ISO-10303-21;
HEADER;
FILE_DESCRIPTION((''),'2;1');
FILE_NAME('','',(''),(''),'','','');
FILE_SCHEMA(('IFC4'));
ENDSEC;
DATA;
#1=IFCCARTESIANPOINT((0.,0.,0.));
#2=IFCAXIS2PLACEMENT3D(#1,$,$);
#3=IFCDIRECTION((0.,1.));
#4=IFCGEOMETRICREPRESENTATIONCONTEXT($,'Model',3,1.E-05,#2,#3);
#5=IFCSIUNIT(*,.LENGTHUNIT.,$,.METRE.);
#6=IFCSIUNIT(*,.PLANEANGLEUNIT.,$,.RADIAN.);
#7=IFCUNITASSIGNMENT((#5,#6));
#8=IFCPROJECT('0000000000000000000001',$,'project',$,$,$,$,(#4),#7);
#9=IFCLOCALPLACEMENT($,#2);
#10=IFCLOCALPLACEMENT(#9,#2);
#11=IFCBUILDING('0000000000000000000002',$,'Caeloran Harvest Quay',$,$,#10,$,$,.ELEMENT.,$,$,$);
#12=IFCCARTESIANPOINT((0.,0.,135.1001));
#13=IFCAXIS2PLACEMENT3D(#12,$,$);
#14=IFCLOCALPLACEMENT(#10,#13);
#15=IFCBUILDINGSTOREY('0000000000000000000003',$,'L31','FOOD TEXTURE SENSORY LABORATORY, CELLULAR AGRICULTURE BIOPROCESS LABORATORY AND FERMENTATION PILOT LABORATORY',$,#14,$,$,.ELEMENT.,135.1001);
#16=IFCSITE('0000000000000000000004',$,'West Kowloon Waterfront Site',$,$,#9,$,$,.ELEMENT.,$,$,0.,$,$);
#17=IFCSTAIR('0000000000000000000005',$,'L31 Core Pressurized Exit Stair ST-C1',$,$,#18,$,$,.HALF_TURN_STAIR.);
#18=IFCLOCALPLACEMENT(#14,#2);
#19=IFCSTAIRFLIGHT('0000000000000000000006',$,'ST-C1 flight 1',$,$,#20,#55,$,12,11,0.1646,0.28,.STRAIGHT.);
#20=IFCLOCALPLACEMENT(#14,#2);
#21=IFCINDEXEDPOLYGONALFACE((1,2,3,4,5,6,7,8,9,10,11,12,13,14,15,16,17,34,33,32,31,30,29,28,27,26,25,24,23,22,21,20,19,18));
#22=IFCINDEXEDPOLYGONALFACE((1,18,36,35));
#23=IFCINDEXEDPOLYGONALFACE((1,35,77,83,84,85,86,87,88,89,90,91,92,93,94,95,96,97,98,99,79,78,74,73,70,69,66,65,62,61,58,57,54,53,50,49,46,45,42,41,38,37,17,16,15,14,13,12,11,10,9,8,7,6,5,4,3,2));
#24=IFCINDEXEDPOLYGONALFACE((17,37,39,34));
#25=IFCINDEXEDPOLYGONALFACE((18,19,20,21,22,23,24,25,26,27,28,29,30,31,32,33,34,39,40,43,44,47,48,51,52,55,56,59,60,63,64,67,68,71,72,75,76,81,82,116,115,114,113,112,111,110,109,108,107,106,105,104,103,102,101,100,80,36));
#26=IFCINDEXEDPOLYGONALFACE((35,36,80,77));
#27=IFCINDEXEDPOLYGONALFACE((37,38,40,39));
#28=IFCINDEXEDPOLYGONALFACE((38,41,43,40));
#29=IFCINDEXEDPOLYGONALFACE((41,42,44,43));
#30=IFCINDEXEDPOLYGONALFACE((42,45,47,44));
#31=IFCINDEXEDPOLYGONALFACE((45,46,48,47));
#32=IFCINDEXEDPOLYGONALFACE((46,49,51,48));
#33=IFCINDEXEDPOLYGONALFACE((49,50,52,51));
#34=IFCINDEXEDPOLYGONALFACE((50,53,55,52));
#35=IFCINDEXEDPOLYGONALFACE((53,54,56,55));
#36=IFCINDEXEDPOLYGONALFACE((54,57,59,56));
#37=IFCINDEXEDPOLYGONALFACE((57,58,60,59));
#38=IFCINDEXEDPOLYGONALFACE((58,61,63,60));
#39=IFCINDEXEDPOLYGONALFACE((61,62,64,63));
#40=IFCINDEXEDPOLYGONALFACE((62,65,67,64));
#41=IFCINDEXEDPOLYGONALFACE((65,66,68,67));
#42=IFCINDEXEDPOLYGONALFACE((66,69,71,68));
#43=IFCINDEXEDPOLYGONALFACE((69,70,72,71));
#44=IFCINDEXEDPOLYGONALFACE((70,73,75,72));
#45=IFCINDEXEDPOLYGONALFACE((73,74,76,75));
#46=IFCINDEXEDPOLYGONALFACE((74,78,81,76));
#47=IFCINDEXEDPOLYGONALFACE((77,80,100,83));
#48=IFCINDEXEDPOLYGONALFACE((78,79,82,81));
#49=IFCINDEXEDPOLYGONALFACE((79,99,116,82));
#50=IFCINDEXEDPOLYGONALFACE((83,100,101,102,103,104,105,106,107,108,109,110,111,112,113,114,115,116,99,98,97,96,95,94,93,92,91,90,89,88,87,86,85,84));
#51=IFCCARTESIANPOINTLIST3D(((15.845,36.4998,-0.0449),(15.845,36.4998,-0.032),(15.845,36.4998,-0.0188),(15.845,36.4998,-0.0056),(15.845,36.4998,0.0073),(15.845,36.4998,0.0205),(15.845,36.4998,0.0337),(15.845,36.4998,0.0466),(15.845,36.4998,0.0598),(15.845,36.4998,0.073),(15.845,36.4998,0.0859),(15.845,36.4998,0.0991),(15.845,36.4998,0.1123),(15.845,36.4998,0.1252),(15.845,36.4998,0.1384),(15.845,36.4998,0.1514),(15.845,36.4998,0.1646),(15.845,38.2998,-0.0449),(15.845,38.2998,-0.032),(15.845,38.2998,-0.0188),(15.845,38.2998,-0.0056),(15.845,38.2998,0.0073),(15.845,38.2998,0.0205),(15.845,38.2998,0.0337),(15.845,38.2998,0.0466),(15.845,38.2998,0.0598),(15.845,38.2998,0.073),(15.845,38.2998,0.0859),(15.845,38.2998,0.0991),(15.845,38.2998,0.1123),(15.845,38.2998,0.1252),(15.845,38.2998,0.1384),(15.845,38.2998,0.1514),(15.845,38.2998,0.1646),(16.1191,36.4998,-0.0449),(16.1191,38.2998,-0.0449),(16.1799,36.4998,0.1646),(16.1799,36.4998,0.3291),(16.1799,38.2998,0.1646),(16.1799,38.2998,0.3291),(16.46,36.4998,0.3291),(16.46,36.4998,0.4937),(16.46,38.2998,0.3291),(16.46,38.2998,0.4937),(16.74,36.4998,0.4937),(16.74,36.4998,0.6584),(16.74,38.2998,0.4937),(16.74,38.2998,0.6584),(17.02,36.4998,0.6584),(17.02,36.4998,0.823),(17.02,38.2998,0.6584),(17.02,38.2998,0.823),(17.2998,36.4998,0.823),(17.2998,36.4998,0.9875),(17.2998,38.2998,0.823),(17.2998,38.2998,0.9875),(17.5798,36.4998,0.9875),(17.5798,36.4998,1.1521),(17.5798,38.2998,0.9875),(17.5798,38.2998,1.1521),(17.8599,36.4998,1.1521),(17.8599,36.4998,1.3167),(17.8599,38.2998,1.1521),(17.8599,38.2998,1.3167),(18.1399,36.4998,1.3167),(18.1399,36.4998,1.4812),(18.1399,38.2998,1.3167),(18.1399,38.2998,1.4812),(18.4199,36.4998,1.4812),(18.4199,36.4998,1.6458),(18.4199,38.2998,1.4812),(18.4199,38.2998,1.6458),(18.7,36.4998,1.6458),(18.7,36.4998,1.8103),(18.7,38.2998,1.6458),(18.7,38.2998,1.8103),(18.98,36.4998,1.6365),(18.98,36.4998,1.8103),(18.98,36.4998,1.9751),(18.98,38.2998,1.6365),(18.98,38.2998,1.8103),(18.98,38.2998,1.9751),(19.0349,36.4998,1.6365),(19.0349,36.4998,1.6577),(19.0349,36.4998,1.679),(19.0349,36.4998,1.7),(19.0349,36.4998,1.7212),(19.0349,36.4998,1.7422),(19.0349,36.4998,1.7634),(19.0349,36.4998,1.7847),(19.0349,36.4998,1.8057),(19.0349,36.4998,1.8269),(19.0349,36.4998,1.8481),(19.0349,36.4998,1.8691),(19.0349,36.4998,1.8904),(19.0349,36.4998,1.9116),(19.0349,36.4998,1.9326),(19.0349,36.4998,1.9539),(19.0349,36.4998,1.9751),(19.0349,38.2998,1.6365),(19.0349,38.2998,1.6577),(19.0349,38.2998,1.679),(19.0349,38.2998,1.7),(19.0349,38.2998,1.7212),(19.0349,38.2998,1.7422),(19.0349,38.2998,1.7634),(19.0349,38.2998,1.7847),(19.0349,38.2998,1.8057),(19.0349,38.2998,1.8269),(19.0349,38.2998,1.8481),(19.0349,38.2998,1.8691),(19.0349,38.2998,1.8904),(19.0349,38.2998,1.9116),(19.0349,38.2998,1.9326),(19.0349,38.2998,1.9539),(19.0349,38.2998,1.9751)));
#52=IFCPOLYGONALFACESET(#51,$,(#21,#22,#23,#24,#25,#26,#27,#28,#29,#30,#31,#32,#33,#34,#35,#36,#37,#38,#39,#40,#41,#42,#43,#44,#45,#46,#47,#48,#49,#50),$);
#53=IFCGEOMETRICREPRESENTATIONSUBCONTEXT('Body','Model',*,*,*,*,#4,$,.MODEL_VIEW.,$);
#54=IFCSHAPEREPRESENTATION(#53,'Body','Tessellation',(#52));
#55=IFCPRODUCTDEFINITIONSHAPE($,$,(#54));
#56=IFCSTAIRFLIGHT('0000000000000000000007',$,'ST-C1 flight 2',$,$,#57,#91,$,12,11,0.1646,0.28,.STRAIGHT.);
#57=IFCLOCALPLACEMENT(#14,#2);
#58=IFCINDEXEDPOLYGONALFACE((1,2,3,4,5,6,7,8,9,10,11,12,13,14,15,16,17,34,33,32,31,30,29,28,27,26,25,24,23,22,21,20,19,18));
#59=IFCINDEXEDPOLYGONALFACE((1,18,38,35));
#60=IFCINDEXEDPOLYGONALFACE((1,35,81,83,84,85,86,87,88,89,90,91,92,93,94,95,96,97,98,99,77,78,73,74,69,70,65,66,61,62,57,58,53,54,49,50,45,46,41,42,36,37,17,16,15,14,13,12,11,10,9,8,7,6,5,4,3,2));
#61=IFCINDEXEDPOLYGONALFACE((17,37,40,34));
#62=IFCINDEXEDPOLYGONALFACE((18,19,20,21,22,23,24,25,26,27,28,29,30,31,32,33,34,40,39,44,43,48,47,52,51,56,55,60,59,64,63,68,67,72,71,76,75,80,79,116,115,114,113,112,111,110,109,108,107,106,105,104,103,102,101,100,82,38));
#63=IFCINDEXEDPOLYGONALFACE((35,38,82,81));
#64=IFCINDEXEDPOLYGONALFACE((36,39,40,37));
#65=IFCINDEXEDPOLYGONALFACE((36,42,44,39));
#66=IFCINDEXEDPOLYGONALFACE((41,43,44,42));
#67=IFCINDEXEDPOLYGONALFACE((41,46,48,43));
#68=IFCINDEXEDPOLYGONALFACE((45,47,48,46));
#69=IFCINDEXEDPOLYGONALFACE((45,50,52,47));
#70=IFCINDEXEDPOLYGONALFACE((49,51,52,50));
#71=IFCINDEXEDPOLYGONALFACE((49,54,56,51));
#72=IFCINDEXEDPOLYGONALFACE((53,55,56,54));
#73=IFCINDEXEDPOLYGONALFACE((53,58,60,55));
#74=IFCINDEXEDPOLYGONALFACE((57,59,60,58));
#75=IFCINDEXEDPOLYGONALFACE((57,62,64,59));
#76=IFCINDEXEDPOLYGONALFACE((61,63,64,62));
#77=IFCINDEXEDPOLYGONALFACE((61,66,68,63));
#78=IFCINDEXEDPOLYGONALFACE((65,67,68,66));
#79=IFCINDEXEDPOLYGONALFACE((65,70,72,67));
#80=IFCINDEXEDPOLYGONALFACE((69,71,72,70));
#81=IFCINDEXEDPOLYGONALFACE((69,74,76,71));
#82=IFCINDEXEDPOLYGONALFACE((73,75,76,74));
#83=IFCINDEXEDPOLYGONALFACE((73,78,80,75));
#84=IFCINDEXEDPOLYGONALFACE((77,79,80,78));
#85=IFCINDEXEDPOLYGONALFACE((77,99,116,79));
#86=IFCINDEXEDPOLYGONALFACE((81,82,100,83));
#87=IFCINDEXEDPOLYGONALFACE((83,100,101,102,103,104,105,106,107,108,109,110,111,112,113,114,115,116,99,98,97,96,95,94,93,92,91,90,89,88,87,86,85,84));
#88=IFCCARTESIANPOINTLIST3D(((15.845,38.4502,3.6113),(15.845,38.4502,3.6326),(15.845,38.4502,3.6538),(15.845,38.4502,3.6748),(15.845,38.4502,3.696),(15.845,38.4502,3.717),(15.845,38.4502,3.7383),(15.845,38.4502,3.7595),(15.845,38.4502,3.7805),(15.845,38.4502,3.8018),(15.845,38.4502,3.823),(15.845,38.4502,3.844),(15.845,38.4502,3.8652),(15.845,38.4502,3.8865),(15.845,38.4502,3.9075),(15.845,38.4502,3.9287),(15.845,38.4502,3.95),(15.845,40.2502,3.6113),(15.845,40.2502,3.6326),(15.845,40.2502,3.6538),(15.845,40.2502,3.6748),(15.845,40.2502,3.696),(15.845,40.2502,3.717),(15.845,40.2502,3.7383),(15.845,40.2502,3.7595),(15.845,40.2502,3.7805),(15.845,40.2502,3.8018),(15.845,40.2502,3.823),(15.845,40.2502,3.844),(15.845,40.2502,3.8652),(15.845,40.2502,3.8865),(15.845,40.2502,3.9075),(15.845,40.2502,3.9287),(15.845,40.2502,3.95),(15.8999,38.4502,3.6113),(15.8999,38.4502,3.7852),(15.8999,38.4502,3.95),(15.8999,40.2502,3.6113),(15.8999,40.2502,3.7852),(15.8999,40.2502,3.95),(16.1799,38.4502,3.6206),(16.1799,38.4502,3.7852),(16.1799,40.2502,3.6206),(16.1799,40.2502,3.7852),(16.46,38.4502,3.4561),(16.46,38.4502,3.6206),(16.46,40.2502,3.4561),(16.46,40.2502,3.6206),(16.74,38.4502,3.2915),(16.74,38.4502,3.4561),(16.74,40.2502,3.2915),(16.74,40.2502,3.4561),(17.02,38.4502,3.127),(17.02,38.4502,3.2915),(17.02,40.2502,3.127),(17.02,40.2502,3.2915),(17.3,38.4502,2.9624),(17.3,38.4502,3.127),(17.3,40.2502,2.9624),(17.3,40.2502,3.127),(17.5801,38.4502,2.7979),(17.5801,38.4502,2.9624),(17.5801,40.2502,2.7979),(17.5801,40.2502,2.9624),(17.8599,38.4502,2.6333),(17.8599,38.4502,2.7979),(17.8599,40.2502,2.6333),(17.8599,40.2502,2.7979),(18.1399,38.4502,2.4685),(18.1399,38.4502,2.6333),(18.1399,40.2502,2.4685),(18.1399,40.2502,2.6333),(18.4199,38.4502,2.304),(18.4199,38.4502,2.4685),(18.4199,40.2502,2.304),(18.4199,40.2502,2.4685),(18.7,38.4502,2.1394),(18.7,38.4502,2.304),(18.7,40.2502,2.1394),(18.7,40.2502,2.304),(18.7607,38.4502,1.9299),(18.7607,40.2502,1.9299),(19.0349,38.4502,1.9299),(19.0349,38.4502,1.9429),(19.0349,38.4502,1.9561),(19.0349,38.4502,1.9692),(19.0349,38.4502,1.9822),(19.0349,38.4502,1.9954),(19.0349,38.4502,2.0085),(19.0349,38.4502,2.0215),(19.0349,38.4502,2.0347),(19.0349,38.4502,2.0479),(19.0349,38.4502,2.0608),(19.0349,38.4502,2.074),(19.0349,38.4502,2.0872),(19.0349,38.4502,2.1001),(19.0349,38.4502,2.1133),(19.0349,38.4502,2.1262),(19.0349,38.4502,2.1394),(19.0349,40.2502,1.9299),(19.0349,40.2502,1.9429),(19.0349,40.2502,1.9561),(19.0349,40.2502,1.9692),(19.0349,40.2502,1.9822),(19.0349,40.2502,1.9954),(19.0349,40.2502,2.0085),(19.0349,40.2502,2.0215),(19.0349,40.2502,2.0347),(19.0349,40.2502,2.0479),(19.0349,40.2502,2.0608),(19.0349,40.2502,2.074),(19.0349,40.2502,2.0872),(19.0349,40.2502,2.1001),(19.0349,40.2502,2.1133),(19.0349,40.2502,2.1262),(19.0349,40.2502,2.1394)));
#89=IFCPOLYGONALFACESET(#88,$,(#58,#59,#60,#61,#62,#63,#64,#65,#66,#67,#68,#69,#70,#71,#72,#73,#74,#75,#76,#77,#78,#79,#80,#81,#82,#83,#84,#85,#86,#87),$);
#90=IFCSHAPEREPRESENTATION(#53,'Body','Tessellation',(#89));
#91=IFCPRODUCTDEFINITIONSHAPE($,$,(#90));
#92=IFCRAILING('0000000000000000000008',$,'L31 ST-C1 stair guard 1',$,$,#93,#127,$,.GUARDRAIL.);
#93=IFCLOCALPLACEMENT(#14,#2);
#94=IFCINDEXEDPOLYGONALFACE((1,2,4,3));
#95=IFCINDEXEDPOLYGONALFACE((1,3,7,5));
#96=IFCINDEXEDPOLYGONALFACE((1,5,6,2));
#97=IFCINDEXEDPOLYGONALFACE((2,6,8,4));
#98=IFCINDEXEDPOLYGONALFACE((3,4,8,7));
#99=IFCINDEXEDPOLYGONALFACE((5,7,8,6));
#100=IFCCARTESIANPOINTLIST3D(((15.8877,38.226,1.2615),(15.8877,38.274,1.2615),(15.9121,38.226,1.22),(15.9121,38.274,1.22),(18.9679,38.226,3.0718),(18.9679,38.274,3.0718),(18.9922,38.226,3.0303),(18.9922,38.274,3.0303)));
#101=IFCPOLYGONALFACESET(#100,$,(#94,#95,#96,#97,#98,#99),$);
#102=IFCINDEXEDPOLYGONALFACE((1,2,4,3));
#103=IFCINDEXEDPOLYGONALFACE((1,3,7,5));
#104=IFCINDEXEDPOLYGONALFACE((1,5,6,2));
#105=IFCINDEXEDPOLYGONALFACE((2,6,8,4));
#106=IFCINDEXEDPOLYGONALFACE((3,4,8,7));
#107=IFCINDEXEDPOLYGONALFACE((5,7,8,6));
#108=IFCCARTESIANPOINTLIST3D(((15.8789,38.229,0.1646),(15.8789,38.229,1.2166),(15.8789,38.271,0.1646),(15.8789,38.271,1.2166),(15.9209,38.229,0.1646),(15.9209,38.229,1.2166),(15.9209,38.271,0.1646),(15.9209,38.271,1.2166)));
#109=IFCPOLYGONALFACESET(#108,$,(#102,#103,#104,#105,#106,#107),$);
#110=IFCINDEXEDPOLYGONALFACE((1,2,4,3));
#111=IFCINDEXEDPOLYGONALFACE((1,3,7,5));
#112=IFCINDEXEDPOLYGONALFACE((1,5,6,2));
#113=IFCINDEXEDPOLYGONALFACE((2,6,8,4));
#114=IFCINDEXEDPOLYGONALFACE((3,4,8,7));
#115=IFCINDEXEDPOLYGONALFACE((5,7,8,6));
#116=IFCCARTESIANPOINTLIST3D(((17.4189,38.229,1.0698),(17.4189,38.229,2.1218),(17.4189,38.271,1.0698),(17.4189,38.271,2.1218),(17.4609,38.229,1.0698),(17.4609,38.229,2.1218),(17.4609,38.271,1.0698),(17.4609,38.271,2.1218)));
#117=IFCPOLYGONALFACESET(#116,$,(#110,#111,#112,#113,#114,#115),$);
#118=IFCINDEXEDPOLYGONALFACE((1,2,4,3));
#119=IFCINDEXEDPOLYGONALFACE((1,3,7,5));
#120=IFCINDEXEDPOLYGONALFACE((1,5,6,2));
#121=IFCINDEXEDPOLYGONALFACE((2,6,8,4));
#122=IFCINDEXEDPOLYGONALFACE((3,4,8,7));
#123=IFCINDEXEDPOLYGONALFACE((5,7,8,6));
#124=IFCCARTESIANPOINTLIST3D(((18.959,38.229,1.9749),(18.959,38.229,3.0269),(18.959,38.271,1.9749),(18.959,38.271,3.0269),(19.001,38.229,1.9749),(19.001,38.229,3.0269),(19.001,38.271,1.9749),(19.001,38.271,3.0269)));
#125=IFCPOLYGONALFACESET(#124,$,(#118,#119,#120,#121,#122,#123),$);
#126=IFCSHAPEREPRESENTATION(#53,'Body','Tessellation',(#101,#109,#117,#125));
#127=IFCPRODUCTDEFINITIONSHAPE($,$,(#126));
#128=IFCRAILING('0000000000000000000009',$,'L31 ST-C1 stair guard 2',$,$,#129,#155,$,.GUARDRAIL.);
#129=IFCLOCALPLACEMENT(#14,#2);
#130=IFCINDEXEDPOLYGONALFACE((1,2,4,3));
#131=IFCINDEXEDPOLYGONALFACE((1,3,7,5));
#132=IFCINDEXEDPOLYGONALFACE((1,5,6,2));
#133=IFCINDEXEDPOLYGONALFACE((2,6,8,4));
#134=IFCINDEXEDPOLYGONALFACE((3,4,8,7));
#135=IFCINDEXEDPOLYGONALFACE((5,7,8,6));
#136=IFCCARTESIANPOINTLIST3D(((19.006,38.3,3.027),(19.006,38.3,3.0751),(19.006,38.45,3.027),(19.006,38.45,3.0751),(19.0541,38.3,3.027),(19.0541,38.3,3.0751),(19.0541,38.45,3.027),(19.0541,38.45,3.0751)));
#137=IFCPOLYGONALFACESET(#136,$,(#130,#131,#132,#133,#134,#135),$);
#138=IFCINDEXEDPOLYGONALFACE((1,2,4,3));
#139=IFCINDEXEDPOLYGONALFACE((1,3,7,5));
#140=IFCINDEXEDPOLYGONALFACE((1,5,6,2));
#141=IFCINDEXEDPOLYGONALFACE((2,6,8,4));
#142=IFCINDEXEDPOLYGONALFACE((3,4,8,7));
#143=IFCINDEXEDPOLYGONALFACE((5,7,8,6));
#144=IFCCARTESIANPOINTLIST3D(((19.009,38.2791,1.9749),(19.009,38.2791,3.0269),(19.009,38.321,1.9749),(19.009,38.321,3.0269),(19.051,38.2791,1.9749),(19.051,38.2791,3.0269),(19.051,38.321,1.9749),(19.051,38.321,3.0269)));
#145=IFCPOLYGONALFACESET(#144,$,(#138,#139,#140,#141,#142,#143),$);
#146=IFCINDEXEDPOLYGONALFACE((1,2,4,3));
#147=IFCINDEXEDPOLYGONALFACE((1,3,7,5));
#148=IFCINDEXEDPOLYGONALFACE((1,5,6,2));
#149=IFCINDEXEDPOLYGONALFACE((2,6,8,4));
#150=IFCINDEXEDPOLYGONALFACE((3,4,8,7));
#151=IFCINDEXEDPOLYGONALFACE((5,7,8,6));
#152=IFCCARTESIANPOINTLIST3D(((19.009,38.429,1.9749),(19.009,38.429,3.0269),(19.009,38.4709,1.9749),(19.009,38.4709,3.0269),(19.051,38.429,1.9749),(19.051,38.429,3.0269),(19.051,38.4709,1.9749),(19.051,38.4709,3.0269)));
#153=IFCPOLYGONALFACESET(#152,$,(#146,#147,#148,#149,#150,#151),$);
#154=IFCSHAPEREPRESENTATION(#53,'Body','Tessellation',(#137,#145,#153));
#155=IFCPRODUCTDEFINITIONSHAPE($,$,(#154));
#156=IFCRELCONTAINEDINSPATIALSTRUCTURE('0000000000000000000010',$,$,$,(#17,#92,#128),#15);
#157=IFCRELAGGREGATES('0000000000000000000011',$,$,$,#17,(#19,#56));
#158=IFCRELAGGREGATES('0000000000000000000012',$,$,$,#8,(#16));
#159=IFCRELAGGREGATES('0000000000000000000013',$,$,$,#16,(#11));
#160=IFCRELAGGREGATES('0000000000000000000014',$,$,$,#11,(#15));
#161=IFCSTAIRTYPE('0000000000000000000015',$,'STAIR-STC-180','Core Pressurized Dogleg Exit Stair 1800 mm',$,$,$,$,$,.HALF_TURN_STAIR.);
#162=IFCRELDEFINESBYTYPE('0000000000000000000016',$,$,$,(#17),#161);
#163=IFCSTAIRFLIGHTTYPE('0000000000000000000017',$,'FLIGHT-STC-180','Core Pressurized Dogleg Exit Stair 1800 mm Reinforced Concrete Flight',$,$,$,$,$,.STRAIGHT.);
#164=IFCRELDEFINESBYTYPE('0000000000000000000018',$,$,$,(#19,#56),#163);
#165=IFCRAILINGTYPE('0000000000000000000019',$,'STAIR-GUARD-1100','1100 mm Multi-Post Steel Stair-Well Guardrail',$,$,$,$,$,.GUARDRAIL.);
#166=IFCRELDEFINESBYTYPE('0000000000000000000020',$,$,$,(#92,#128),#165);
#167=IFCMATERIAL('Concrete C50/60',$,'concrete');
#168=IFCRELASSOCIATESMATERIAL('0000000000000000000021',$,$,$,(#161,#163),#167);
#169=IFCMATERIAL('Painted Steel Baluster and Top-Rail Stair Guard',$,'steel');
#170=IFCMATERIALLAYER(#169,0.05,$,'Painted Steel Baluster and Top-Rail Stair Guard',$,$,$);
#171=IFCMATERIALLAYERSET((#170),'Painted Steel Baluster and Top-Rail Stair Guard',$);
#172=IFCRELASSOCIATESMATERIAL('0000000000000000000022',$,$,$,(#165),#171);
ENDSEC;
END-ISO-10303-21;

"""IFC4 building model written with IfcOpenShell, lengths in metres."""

from ifc_helpers import new_model, si_unit, direction, frame, origin, origin_2d, place, context, subcontext, project, spatial, polyline, rectangle, outline, extrude, material, layer, layer_set, type_object, element, aggregate, save


model = new_model("IFC4")

# Units and contexts
model_context = context("Model", 3, precision=1e-05, world=origin(), true_north=direction((0.0, 1.0)))
body_context = subcontext(model_context, "Body", "Model", "MODEL_VIEW")
ifc_project = project(units=[si_unit("LENGTHUNIT", "METRE"), si_unit("PLANEANGLEUNIT", "RADIAN")], contexts=[model_context])

# Site, building, storey
site_placement = place(None, origin())
site = spatial("IfcSite", under=ifc_project, at=site_placement, Name="West Kowloon Waterfront Site", CompositionType="ELEMENT", RefElevation=0.0)
building_placement = place(site_placement, origin())
building = spatial("IfcBuilding", under=site, at=building_placement, Name="Caeloran Harvest Quay", CompositionType="ELEMENT")
storey_placement = place(building_placement, frame((0.0, 0.0, 135.1001)))
storey = spatial("IfcBuildingStorey", under=building, at=storey_placement, Name="L31", Description="FOOD TEXTURE SENSORY LABORATORY, CELLULAR AGRICULTURE BIOPROCESS LABORATORY AND FERMENTATION PILOT LABORATORY", CompositionType="ELEMENT", Elevation=135.1001)

# Stair, stair flights
ifc_material_1 = material(Name="Concrete C50/60", Category="concrete")
stair_type = type_object("IfcStairType", Name="STAIR-STC-180", Description="Core Pressurized Dogleg Exit Stair 1800 mm", PredefinedType="HALF_TURN_STAIR", material=ifc_material_1)
stair_placement = place(storey_placement, origin())
stair = element("IfcStair", 1, at=stair_placement, inside=storey, type_object=stair_type, Name="L31 Core Pressurized Exit Stair ST-C1", PredefinedType="HALF_TURN_STAIR")
stair_flight_type = type_object("IfcStairFlightType", Name="FLIGHT-STC-180", Description="Core Pressurized Dogleg Exit Stair 1800 mm Reinforced Concrete Flight", PredefinedType="STRAIGHT", material=ifc_material_1)
stair_flight_1_placement = place(storey_placement, frame((15.8999, 37.3999, 0.0), z_axis=(0.0, 0.0, 1.0), x_axis=(1.0, 0.0, 0.0)))
stair_flight_1 = element("IfcStairFlight", 2, at=stair_flight_1_placement, type_object=stair_flight_type, Name="ST-C1 flight 1", NumberOfRisers=12, NumberOfTreads=11, PredefinedType="STRAIGHT", RiserHeight=0.1646, TreadLength=0.28, context=body_context, shape_type="SweptSolid", body=[
    extrude(outline(polyline([(-0.0549, -0.0449), (-0.0549, -0.032), (-0.0549, -0.0188), (-0.0549, -0.0056), (-0.0549, 0.0073), (-0.0549, 0.0205), (-0.0549, 0.0337), (-0.0549, 0.0466), (-0.0549, 0.0598), (-0.0549, 0.073), (-0.0549, 0.0859), (-0.0549, 0.0991), (-0.0549, 0.1123), (-0.0549, 0.1252), (-0.0549, 0.1384), (-0.0549, 0.1514), (-0.0549, 0.1646), (0.28, 0.1646), (0.28, 0.3291), (0.5601, 0.3291), (0.5601, 0.4937), (0.8401, 0.4937), (0.8401, 0.6584), (1.1201, 0.6584), (1.1201, 0.823), (1.3999, 0.823), (1.3999, 0.9875), (1.6799, 0.9875), (1.6799, 1.1521), (1.96, 1.1521), (1.96, 1.3167), (2.24, 1.3167), (2.24, 1.4812), (2.52, 1.4812), (2.52, 1.6458), (2.8, 1.6458), (2.8, 1.8103), (3.0801, 1.8103), (3.0801, 1.9751), (3.135, 1.9751), (3.135, 1.9539), (3.135, 1.9326), (3.135, 1.9116), (3.135, 1.8904), (3.135, 1.8691), (3.135, 1.8481), (3.135, 1.8269), (3.135, 1.8057), (3.135, 1.7847), (3.135, 1.7634), (3.135, 1.7422), (3.135, 1.7212), (3.135, 1.7), (3.135, 1.679), (3.135, 1.6577), (3.135, 1.6365), (3.0801, 1.6365), (0.2192, -0.0449), (-0.0549, -0.0449)])), frame((0.0, 0.8999, 0.0), z_axis=(0.0, -1.0, 0.0), x_axis=(1.0, 0.0, 0.0)), (0.0, 0.0, 1.0), 1.8),
])
stair_flight_2_placement = place(storey_placement, frame((18.98, 39.3501, 1.9749), z_axis=(0.0, 0.0, 1.0), x_axis=(-1.0, 0.0, 0.0)))
stair_flight_2 = element("IfcStairFlight", 3, at=stair_flight_2_placement, type_object=stair_flight_type, Name="ST-C1 flight 2", NumberOfRisers=12, NumberOfTreads=11, PredefinedType="STRAIGHT", RiserHeight=0.1646, TreadLength=0.28, context=body_context, shape_type="SweptSolid", body=[
    extrude(outline(polyline([(-0.0549, -0.0449), (-0.0549, -0.032), (-0.0549, -0.0188), (-0.0549, -0.0056), (-0.0549, 0.0073), (-0.0549, 0.0205), (-0.0549, 0.0337), (-0.0549, 0.0466), (-0.0549, 0.0598), (-0.0549, 0.073), (-0.0549, 0.0859), (-0.0549, 0.0991), (-0.0549, 0.1123), (-0.0549, 0.1252), (-0.0549, 0.1384), (-0.0549, 0.1514), (-0.0549, 0.1646), (0.28, 0.1646), (0.28, 0.3291), (0.5601, 0.3291), (0.5601, 0.4937), (0.8401, 0.4937), (0.8401, 0.6584), (1.1201, 0.6584), (1.1201, 0.823), (1.3999, 0.823), (1.3999, 0.9875), (1.6799, 0.9875), (1.6799, 1.1521), (1.96, 1.1521), (1.96, 1.3167), (2.24, 1.3167), (2.24, 1.4812), (2.52, 1.4812), (2.52, 1.6458), (2.8, 1.6458), (2.8, 1.8103), (3.0801, 1.8103), (3.0801, 1.9751), (3.135, 1.9751), (3.135, 1.9539), (3.135, 1.9326), (3.135, 1.9116), (3.135, 1.8904), (3.135, 1.8691), (3.135, 1.8481), (3.135, 1.8269), (3.135, 1.8057), (3.135, 1.7847), (3.135, 1.7634), (3.135, 1.7422), (3.135, 1.7212), (3.135, 1.7), (3.135, 1.679), (3.135, 1.6577), (3.135, 1.6365), (3.0801, 1.6365), (0.2192, -0.0449), (-0.0549, -0.0449)])), frame((0.0, 0.8999, 0.0), z_axis=(0.0, -1.0, 0.0), x_axis=(1.0, 0.0, 0.0)), (0.0, 0.0, 1.0), 1.8),
])
aggregate(stair, [stair_flight_1, stair_flight_2])

# Railings
ifc_material_2 = material(Name="Painted Steel Baluster and Top-Rail Stair Guard", Category="steel")
ifc_layer_1 = layer(ifc_material_2, 0.05, Name="Painted Steel Baluster and Top-Rail Stair Guard")
ifc_layer_set_1 = layer_set([ifc_layer_1], Name="Painted Steel Baluster and Top-Rail Stair Guard")
railing_type_1 = type_object("IfcRailingType", Name="STAIR-GUARD-1100", Description="1100 mm Multi-Post Steel Stair-Well Guardrail", PredefinedType="GUARDRAIL", material=ifc_layer_set_1)
railing_1_placement = place(storey_placement, frame((15.8999, 38.25, 0.1646)))
element("IfcRailing", 4, at=railing_1_placement, inside=storey, type_object=railing_type_1, Name="L31 ST-C1 stair guard 1", PredefinedType="GUARDRAIL", context=body_context, shape_type="SweptSolid", body=[
    extrude(rectangle(XDim=0.0481, YDim=0.0481, at=origin_2d()), frame((0.0, 0.0, 1.0762), z_axis=(0.862119, 0.0, 0.506707), x_axis=(0.0, 1.0, 0.0)), (0.0, 0.0, 1.0), 3.5728),
    extrude(rectangle(XDim=0.042, YDim=0.042, at=origin_2d()), origin(), (0.0, 0.0, 1.0), 1.052),
    extrude(rectangle(XDim=0.042, YDim=0.042, at=origin_2d()), frame((1.54, 0.0, 0.9053)), (0.0, 0.0, 1.0), 1.052),
    extrude(rectangle(XDim=0.042, YDim=0.042, at=origin_2d()), frame((3.0801, 0.0, 1.8103)), (0.0, 0.0, 1.0), 1.052),
])
railing_2_placement = place(storey_placement, frame((19.03, 38.3, 1.9749)))
element("IfcRailing", 5, at=railing_2_placement, inside=storey, type_object=railing_type_1, Name="L31 ST-C1 stair guard 2", PredefinedType="GUARDRAIL", context=body_context, shape_type="SweptSolid", body=[
    extrude(rectangle(XDim=0.0481, YDim=0.0481, at=origin_2d()), frame((0.0, 0.0, 1.0762), z_axis=(0.0, 1.0, 0.0), x_axis=(-1.0, 0.0, 0.0)), (0.0, 0.0, 1.0), 0.1499),
    extrude(rectangle(XDim=0.042, YDim=0.042, at=origin_2d()), origin(), (0.0, 0.0, 1.0), 1.052),
    extrude(rectangle(XDim=0.042, YDim=0.042, at=origin_2d()), frame((0.0, 0.1499, 0.0)), (0.0, 0.0, 1.0), 1.052),
])

save(model, "model.ifc")
